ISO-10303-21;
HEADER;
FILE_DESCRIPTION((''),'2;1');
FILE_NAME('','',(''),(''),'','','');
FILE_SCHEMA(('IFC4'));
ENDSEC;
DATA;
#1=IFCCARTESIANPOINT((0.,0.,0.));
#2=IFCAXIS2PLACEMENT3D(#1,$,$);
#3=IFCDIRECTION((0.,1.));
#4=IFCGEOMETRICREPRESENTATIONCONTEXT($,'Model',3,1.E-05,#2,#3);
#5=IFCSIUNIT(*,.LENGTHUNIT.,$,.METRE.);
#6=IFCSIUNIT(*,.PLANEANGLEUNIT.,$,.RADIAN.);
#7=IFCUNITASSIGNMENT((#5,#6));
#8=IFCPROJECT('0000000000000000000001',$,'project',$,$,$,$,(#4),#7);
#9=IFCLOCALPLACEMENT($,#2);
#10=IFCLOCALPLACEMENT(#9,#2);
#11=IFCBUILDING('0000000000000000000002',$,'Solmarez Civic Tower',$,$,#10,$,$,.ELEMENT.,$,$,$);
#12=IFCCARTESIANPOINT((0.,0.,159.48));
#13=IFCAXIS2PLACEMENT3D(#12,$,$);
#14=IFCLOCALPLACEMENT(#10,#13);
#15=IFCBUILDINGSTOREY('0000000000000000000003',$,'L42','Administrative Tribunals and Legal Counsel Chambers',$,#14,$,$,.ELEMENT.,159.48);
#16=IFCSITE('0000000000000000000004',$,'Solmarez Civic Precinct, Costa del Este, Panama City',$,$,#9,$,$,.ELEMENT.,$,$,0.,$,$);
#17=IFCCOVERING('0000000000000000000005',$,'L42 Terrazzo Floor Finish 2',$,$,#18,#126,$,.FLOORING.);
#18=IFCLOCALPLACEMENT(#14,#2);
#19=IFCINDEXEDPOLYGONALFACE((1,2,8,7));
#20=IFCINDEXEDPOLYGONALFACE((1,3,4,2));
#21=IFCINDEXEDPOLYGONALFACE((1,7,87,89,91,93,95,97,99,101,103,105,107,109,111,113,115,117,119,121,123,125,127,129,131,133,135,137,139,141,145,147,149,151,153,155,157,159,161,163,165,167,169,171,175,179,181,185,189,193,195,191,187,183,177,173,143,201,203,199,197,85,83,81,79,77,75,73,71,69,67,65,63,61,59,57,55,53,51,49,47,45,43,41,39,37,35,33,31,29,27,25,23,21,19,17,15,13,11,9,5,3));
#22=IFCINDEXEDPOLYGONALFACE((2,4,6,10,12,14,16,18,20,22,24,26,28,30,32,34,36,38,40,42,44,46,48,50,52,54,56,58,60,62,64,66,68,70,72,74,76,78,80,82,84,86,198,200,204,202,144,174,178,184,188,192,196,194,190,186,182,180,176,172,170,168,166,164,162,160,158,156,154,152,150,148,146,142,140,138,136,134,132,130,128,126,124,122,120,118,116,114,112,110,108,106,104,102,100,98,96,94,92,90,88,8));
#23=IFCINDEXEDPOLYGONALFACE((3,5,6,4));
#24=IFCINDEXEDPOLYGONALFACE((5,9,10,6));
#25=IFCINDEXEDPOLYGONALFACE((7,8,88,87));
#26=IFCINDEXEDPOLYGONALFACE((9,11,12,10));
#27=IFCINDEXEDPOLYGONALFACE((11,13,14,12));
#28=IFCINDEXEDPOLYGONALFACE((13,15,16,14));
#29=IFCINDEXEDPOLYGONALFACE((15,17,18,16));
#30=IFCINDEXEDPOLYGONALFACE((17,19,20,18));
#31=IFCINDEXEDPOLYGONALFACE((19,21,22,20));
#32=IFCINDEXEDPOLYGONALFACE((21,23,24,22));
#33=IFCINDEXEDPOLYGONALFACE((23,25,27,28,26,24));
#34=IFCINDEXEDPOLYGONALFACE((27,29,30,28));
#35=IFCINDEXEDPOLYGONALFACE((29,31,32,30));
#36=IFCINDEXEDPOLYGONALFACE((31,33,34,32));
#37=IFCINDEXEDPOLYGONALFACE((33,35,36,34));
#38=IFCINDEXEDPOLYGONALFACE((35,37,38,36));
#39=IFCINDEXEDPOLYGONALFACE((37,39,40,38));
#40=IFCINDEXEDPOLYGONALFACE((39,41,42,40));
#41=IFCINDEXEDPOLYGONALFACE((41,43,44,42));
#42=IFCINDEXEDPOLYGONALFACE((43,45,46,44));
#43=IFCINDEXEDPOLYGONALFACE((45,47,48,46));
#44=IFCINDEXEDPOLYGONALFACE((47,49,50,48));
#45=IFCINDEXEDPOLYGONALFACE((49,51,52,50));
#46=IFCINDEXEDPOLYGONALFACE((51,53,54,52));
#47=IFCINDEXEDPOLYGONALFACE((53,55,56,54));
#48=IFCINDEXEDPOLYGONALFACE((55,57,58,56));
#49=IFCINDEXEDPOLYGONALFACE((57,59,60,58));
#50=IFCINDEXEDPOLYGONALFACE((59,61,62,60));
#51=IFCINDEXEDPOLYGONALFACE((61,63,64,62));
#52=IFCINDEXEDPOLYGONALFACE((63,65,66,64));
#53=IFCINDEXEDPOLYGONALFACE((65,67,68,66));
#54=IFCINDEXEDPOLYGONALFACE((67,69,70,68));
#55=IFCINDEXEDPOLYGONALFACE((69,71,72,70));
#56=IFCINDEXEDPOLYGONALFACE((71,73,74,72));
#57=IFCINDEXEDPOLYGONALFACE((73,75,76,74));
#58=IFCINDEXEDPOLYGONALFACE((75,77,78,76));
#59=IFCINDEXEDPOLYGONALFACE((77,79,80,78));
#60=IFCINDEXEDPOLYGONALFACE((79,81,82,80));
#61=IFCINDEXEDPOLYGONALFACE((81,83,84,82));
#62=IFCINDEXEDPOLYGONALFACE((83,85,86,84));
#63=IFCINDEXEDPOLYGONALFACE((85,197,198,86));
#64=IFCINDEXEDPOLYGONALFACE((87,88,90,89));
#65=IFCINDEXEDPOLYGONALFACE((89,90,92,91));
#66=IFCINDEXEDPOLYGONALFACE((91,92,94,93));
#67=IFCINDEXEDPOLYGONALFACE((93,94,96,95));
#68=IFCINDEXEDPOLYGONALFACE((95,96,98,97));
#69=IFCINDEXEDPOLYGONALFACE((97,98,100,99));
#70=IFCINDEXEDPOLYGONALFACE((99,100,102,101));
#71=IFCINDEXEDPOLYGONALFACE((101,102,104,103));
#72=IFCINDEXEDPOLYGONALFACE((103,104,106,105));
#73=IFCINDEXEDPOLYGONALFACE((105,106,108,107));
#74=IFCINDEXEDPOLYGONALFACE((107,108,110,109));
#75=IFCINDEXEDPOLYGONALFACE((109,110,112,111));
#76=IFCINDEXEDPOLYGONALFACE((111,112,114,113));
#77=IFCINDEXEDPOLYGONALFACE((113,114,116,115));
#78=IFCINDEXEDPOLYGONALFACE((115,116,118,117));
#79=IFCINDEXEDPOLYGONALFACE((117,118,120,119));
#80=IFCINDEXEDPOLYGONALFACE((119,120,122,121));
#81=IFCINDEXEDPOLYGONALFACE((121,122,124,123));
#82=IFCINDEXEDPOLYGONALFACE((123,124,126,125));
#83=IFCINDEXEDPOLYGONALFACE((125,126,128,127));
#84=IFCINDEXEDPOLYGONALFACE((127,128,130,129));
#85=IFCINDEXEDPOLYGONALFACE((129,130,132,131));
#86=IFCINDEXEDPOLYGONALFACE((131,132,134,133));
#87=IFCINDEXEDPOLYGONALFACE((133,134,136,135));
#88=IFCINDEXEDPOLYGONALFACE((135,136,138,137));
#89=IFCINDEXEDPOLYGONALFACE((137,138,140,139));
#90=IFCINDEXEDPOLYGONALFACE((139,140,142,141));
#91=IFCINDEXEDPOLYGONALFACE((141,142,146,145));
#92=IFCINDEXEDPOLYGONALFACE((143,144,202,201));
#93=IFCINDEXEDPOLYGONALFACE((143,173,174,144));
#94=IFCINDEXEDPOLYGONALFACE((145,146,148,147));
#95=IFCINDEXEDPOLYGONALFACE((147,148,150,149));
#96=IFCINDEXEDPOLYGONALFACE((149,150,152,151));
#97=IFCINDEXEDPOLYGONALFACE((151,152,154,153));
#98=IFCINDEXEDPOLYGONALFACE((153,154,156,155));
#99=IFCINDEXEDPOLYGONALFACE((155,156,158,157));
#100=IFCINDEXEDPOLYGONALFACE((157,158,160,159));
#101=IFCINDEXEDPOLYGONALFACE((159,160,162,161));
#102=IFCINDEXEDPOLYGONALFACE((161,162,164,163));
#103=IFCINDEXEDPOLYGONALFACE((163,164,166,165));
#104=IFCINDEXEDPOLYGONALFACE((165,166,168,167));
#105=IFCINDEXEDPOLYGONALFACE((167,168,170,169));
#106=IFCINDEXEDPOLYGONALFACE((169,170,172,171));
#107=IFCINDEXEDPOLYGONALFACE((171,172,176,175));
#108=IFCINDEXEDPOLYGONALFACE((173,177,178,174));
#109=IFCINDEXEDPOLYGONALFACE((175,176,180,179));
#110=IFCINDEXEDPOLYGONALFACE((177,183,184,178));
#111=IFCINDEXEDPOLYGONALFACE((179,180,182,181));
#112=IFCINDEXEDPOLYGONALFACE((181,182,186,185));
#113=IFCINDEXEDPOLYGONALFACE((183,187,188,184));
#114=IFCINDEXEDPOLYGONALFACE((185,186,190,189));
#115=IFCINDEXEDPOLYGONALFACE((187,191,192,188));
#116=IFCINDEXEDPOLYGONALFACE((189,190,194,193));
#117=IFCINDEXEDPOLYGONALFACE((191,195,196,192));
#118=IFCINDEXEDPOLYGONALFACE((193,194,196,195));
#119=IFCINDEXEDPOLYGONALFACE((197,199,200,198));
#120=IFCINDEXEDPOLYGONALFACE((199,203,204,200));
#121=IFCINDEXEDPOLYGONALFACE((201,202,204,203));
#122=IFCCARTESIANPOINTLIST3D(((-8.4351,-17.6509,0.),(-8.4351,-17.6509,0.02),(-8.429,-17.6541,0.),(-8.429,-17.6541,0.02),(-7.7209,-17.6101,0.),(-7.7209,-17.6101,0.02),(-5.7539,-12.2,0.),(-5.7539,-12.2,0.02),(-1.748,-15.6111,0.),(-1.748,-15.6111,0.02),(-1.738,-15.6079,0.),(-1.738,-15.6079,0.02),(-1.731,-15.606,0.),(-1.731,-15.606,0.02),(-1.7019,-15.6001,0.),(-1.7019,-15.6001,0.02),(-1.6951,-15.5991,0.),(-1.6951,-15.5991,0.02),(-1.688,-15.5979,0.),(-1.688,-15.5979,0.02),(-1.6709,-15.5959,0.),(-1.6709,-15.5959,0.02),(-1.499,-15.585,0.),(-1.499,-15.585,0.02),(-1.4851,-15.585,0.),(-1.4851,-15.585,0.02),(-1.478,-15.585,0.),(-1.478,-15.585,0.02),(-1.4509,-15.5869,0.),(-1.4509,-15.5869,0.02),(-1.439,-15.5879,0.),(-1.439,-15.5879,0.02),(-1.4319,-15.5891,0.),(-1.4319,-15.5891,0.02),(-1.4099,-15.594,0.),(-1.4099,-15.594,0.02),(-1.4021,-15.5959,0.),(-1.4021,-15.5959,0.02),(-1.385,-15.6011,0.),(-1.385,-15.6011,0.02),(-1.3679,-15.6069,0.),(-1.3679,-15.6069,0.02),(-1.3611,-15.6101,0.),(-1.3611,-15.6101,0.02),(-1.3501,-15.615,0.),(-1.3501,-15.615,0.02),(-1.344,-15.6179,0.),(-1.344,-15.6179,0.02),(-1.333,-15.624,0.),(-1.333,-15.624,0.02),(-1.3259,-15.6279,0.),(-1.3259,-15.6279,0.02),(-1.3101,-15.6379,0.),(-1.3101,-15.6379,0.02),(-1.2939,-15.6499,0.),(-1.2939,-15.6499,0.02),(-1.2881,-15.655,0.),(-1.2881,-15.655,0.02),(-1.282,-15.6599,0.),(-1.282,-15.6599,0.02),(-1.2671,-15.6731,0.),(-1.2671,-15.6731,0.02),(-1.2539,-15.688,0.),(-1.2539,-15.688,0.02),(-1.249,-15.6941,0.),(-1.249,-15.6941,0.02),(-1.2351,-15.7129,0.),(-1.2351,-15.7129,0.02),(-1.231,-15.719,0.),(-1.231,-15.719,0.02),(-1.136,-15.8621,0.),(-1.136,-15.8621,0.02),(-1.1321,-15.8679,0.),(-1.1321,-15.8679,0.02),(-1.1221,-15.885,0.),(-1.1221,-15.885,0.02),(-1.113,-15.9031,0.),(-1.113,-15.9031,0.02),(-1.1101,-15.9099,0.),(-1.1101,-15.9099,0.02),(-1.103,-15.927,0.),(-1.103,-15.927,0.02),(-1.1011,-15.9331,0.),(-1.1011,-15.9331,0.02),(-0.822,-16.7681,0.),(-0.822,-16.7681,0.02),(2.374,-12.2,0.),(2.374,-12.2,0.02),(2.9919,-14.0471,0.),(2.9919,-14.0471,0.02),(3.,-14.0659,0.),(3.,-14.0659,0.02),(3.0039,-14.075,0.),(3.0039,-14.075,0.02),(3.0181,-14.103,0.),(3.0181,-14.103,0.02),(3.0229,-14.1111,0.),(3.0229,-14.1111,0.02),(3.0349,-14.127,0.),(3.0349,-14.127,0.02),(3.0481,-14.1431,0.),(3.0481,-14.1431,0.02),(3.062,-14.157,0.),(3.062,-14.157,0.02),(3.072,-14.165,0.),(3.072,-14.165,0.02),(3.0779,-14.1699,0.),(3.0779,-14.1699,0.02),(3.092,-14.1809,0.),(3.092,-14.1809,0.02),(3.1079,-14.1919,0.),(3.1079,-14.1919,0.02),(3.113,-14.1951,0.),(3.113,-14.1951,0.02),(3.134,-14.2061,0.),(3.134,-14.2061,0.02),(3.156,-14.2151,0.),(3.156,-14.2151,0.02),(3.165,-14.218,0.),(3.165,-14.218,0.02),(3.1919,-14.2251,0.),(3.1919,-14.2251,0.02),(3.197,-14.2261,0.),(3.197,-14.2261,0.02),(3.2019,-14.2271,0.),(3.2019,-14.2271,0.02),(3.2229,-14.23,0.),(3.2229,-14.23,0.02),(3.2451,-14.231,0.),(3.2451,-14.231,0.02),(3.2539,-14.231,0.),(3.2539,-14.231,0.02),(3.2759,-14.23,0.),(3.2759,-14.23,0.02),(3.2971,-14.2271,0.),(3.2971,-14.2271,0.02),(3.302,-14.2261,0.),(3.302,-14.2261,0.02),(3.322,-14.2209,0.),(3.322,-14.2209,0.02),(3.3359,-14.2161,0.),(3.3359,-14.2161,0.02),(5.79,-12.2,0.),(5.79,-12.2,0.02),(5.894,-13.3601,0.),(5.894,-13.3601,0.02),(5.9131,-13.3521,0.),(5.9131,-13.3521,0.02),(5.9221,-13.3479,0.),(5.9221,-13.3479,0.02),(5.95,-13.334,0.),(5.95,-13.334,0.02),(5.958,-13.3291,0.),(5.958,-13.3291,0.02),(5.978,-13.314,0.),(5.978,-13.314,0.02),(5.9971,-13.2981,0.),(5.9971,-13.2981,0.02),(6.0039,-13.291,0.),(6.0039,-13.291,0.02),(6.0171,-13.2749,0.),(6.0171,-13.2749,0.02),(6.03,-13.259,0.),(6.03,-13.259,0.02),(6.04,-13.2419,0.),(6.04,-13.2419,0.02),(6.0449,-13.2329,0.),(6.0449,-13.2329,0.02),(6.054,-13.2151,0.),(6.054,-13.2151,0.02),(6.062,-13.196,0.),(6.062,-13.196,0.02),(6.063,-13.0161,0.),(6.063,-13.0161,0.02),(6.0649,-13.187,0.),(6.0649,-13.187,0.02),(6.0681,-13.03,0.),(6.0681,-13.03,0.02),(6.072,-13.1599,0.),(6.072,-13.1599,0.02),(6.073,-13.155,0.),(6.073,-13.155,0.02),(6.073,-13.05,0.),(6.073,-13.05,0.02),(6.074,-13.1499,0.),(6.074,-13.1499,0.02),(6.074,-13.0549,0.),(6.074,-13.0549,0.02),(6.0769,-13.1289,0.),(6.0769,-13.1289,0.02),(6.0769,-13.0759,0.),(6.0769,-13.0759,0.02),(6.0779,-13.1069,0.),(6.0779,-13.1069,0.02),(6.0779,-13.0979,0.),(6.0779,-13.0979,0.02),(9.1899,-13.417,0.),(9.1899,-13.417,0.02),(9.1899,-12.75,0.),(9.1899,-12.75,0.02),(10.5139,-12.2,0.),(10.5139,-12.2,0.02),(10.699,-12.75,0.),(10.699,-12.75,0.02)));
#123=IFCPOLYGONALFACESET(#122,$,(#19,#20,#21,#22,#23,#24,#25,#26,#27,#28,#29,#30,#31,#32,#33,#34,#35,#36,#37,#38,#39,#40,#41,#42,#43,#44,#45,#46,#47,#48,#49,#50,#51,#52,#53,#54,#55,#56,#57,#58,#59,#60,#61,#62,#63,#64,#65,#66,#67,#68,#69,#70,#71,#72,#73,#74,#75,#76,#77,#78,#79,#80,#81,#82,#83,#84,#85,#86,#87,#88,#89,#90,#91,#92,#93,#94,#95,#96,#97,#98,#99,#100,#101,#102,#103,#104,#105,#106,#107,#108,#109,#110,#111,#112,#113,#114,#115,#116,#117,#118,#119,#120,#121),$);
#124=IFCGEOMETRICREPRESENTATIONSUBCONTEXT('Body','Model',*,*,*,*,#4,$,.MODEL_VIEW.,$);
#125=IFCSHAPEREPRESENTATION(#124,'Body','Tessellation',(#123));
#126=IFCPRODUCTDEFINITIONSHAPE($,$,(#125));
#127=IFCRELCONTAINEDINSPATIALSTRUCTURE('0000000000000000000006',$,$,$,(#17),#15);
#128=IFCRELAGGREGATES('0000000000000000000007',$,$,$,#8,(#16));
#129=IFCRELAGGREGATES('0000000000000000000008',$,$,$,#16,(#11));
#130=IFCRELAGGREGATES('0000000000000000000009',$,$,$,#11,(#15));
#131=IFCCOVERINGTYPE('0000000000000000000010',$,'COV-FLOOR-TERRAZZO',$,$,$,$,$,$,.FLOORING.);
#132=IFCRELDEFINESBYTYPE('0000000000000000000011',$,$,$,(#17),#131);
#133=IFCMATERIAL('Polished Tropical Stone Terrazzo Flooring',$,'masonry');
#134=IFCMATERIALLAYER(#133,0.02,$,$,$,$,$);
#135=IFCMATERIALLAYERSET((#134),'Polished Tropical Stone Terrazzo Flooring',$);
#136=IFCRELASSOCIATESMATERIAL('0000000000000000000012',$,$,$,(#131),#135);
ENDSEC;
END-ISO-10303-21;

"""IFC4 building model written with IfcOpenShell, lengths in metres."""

from ifc_helpers import new_model, si_unit, direction, frame, origin, place, context, subcontext, project, spatial, polyline, outline, extrude, material, layer, layer_set, type_object, element, save


model = new_model("IFC4")

# Units and contexts
model_context = context("Model", 3, precision=1e-05, world=origin(), true_north=direction((0.0, 1.0)))
body_context = subcontext(model_context, "Body", "Model", "MODEL_VIEW")
ifc_project = project(units=[si_unit("LENGTHUNIT", "METRE"), si_unit("PLANEANGLEUNIT", "RADIAN")], contexts=[model_context])

# Site, building, storey
site_placement = place(None, origin())
site = spatial("IfcSite", under=ifc_project, at=site_placement, Name="Solmarez Civic Precinct, Costa del Este, Panama City", CompositionType="ELEMENT", RefElevation=0.0)
building_placement = place(site_placement, origin())
building = spatial("IfcBuilding", under=site, at=building_placement, Name="Solmarez Civic Tower", CompositionType="ELEMENT")
storey_placement = place(building_placement, frame((0.0, 0.0, 159.48)))
storey = spatial("IfcBuildingStorey", under=building, at=storey_placement, Name="L42", Description="Administrative Tribunals and Legal Counsel Chambers", CompositionType="ELEMENT", Elevation=159.48)

# Covering
ifc_material_1 = material(Name="Polished Tropical Stone Terrazzo Flooring", Category="masonry")
ifc_layer_1 = layer(ifc_material_1, 0.02)
ifc_layer_set_1 = layer_set([ifc_layer_1], Name="Polished Tropical Stone Terrazzo Flooring")
covering_type_1 = type_object("IfcCoveringType", Name="COV-FLOOR-TERRAZZO", PredefinedType="FLOORING", material=ifc_layer_set_1)
covering_1_placement = place(storey_placement, origin())
element("IfcCovering", 1, at=covering_1_placement, inside=storey, type_object=covering_type_1, Name="L42 Terrazzo Floor Finish 2", PredefinedType="FLOORING", context=body_context, shape_type="SweptSolid", body=[
    extrude(outline(polyline([(3.072, -14.165), (3.062, -14.157), (3.0481, -14.1431), (3.0349, -14.127), (3.0229, -14.1111), (3.0181, -14.103), (3.0039, -14.075), (3.0, -14.0659), (2.9919, -14.0471), (2.374, -12.2), (-5.7539, -12.2), (-8.4351, -17.6509), (-8.429, -17.6541), (-7.7209, -17.6101), (-1.748, -15.6111), (-1.738, -15.6079), (-1.731, -15.606), (-1.7019, -15.6001), (-1.6951, -15.5991), (-1.688, -15.5979), (-1.6709, -15.5959), (-1.499, -15.585), (-1.4851, -15.585), (-1.478, -15.585), (-1.4509, -15.5869), (-1.439, -15.5879), (-1.4319, -15.5891), (-1.4099, -15.594), (-1.4021, -15.5959), (-1.385, -15.6011), (-1.3679, -15.6069), (-1.3611, -15.6101), (-1.3501, -15.615), (-1.344, -15.6179), (-1.333, -15.624), (-1.3259, -15.6279), (-1.3101, -15.6379), (-1.2939, -15.6499), (-1.2881, -15.655), (-1.282, -15.6599), (-1.2671, -15.6731), (-1.2539, -15.688), (-1.249, -15.6941), (-1.2351, -15.7129), (-1.231, -15.719), (-1.136, -15.8621), (-1.1321, -15.8679), (-1.1221, -15.885), (-1.113, -15.9031), (-1.1101, -15.9099), (-1.103, -15.927), (-1.1011, -15.9331), (-0.822, -16.7681), (9.1899, -13.417), (9.1899, -12.75), (10.699, -12.75), (10.5139, -12.2), (5.79, -12.2), (6.063, -13.0161), (6.0681, -13.03), (6.073, -13.05), (6.074, -13.0549), (6.0769, -13.0759), (6.0779, -13.0979), (6.0779, -13.1069), (6.0769, -13.1289), (6.074, -13.1499), (6.073, -13.155), (6.072, -13.1599), (6.0649, -13.187), (6.062, -13.196), (6.054, -13.2151), (6.0449, -13.2329), (6.04, -13.2419), (6.03, -13.259), (6.0171, -13.2749), (6.0039, -13.291), (5.9971, -13.2981), (5.978, -13.314), (5.958, -13.3291), (5.95, -13.334), (5.9221, -13.3479), (5.9131, -13.3521), (5.894, -13.3601), (3.3359, -14.2161), (3.322, -14.2209), (3.302, -14.2261), (3.2971, -14.2271), (3.2759, -14.23), (3.2539, -14.231), (3.2451, -14.231), (3.2229, -14.23), (3.2019, -14.2271), (3.197, -14.2261), (3.1919, -14.2251), (3.165, -14.218), (3.156, -14.2151), (3.134, -14.2061), (3.113, -14.1951), (3.1079, -14.1919), (3.092, -14.1809), (3.0779, -14.1699), (3.072, -14.165)])), origin(), (0.0, 0.0, 1.0), 0.02),
])

save(model, "model.ifc")
